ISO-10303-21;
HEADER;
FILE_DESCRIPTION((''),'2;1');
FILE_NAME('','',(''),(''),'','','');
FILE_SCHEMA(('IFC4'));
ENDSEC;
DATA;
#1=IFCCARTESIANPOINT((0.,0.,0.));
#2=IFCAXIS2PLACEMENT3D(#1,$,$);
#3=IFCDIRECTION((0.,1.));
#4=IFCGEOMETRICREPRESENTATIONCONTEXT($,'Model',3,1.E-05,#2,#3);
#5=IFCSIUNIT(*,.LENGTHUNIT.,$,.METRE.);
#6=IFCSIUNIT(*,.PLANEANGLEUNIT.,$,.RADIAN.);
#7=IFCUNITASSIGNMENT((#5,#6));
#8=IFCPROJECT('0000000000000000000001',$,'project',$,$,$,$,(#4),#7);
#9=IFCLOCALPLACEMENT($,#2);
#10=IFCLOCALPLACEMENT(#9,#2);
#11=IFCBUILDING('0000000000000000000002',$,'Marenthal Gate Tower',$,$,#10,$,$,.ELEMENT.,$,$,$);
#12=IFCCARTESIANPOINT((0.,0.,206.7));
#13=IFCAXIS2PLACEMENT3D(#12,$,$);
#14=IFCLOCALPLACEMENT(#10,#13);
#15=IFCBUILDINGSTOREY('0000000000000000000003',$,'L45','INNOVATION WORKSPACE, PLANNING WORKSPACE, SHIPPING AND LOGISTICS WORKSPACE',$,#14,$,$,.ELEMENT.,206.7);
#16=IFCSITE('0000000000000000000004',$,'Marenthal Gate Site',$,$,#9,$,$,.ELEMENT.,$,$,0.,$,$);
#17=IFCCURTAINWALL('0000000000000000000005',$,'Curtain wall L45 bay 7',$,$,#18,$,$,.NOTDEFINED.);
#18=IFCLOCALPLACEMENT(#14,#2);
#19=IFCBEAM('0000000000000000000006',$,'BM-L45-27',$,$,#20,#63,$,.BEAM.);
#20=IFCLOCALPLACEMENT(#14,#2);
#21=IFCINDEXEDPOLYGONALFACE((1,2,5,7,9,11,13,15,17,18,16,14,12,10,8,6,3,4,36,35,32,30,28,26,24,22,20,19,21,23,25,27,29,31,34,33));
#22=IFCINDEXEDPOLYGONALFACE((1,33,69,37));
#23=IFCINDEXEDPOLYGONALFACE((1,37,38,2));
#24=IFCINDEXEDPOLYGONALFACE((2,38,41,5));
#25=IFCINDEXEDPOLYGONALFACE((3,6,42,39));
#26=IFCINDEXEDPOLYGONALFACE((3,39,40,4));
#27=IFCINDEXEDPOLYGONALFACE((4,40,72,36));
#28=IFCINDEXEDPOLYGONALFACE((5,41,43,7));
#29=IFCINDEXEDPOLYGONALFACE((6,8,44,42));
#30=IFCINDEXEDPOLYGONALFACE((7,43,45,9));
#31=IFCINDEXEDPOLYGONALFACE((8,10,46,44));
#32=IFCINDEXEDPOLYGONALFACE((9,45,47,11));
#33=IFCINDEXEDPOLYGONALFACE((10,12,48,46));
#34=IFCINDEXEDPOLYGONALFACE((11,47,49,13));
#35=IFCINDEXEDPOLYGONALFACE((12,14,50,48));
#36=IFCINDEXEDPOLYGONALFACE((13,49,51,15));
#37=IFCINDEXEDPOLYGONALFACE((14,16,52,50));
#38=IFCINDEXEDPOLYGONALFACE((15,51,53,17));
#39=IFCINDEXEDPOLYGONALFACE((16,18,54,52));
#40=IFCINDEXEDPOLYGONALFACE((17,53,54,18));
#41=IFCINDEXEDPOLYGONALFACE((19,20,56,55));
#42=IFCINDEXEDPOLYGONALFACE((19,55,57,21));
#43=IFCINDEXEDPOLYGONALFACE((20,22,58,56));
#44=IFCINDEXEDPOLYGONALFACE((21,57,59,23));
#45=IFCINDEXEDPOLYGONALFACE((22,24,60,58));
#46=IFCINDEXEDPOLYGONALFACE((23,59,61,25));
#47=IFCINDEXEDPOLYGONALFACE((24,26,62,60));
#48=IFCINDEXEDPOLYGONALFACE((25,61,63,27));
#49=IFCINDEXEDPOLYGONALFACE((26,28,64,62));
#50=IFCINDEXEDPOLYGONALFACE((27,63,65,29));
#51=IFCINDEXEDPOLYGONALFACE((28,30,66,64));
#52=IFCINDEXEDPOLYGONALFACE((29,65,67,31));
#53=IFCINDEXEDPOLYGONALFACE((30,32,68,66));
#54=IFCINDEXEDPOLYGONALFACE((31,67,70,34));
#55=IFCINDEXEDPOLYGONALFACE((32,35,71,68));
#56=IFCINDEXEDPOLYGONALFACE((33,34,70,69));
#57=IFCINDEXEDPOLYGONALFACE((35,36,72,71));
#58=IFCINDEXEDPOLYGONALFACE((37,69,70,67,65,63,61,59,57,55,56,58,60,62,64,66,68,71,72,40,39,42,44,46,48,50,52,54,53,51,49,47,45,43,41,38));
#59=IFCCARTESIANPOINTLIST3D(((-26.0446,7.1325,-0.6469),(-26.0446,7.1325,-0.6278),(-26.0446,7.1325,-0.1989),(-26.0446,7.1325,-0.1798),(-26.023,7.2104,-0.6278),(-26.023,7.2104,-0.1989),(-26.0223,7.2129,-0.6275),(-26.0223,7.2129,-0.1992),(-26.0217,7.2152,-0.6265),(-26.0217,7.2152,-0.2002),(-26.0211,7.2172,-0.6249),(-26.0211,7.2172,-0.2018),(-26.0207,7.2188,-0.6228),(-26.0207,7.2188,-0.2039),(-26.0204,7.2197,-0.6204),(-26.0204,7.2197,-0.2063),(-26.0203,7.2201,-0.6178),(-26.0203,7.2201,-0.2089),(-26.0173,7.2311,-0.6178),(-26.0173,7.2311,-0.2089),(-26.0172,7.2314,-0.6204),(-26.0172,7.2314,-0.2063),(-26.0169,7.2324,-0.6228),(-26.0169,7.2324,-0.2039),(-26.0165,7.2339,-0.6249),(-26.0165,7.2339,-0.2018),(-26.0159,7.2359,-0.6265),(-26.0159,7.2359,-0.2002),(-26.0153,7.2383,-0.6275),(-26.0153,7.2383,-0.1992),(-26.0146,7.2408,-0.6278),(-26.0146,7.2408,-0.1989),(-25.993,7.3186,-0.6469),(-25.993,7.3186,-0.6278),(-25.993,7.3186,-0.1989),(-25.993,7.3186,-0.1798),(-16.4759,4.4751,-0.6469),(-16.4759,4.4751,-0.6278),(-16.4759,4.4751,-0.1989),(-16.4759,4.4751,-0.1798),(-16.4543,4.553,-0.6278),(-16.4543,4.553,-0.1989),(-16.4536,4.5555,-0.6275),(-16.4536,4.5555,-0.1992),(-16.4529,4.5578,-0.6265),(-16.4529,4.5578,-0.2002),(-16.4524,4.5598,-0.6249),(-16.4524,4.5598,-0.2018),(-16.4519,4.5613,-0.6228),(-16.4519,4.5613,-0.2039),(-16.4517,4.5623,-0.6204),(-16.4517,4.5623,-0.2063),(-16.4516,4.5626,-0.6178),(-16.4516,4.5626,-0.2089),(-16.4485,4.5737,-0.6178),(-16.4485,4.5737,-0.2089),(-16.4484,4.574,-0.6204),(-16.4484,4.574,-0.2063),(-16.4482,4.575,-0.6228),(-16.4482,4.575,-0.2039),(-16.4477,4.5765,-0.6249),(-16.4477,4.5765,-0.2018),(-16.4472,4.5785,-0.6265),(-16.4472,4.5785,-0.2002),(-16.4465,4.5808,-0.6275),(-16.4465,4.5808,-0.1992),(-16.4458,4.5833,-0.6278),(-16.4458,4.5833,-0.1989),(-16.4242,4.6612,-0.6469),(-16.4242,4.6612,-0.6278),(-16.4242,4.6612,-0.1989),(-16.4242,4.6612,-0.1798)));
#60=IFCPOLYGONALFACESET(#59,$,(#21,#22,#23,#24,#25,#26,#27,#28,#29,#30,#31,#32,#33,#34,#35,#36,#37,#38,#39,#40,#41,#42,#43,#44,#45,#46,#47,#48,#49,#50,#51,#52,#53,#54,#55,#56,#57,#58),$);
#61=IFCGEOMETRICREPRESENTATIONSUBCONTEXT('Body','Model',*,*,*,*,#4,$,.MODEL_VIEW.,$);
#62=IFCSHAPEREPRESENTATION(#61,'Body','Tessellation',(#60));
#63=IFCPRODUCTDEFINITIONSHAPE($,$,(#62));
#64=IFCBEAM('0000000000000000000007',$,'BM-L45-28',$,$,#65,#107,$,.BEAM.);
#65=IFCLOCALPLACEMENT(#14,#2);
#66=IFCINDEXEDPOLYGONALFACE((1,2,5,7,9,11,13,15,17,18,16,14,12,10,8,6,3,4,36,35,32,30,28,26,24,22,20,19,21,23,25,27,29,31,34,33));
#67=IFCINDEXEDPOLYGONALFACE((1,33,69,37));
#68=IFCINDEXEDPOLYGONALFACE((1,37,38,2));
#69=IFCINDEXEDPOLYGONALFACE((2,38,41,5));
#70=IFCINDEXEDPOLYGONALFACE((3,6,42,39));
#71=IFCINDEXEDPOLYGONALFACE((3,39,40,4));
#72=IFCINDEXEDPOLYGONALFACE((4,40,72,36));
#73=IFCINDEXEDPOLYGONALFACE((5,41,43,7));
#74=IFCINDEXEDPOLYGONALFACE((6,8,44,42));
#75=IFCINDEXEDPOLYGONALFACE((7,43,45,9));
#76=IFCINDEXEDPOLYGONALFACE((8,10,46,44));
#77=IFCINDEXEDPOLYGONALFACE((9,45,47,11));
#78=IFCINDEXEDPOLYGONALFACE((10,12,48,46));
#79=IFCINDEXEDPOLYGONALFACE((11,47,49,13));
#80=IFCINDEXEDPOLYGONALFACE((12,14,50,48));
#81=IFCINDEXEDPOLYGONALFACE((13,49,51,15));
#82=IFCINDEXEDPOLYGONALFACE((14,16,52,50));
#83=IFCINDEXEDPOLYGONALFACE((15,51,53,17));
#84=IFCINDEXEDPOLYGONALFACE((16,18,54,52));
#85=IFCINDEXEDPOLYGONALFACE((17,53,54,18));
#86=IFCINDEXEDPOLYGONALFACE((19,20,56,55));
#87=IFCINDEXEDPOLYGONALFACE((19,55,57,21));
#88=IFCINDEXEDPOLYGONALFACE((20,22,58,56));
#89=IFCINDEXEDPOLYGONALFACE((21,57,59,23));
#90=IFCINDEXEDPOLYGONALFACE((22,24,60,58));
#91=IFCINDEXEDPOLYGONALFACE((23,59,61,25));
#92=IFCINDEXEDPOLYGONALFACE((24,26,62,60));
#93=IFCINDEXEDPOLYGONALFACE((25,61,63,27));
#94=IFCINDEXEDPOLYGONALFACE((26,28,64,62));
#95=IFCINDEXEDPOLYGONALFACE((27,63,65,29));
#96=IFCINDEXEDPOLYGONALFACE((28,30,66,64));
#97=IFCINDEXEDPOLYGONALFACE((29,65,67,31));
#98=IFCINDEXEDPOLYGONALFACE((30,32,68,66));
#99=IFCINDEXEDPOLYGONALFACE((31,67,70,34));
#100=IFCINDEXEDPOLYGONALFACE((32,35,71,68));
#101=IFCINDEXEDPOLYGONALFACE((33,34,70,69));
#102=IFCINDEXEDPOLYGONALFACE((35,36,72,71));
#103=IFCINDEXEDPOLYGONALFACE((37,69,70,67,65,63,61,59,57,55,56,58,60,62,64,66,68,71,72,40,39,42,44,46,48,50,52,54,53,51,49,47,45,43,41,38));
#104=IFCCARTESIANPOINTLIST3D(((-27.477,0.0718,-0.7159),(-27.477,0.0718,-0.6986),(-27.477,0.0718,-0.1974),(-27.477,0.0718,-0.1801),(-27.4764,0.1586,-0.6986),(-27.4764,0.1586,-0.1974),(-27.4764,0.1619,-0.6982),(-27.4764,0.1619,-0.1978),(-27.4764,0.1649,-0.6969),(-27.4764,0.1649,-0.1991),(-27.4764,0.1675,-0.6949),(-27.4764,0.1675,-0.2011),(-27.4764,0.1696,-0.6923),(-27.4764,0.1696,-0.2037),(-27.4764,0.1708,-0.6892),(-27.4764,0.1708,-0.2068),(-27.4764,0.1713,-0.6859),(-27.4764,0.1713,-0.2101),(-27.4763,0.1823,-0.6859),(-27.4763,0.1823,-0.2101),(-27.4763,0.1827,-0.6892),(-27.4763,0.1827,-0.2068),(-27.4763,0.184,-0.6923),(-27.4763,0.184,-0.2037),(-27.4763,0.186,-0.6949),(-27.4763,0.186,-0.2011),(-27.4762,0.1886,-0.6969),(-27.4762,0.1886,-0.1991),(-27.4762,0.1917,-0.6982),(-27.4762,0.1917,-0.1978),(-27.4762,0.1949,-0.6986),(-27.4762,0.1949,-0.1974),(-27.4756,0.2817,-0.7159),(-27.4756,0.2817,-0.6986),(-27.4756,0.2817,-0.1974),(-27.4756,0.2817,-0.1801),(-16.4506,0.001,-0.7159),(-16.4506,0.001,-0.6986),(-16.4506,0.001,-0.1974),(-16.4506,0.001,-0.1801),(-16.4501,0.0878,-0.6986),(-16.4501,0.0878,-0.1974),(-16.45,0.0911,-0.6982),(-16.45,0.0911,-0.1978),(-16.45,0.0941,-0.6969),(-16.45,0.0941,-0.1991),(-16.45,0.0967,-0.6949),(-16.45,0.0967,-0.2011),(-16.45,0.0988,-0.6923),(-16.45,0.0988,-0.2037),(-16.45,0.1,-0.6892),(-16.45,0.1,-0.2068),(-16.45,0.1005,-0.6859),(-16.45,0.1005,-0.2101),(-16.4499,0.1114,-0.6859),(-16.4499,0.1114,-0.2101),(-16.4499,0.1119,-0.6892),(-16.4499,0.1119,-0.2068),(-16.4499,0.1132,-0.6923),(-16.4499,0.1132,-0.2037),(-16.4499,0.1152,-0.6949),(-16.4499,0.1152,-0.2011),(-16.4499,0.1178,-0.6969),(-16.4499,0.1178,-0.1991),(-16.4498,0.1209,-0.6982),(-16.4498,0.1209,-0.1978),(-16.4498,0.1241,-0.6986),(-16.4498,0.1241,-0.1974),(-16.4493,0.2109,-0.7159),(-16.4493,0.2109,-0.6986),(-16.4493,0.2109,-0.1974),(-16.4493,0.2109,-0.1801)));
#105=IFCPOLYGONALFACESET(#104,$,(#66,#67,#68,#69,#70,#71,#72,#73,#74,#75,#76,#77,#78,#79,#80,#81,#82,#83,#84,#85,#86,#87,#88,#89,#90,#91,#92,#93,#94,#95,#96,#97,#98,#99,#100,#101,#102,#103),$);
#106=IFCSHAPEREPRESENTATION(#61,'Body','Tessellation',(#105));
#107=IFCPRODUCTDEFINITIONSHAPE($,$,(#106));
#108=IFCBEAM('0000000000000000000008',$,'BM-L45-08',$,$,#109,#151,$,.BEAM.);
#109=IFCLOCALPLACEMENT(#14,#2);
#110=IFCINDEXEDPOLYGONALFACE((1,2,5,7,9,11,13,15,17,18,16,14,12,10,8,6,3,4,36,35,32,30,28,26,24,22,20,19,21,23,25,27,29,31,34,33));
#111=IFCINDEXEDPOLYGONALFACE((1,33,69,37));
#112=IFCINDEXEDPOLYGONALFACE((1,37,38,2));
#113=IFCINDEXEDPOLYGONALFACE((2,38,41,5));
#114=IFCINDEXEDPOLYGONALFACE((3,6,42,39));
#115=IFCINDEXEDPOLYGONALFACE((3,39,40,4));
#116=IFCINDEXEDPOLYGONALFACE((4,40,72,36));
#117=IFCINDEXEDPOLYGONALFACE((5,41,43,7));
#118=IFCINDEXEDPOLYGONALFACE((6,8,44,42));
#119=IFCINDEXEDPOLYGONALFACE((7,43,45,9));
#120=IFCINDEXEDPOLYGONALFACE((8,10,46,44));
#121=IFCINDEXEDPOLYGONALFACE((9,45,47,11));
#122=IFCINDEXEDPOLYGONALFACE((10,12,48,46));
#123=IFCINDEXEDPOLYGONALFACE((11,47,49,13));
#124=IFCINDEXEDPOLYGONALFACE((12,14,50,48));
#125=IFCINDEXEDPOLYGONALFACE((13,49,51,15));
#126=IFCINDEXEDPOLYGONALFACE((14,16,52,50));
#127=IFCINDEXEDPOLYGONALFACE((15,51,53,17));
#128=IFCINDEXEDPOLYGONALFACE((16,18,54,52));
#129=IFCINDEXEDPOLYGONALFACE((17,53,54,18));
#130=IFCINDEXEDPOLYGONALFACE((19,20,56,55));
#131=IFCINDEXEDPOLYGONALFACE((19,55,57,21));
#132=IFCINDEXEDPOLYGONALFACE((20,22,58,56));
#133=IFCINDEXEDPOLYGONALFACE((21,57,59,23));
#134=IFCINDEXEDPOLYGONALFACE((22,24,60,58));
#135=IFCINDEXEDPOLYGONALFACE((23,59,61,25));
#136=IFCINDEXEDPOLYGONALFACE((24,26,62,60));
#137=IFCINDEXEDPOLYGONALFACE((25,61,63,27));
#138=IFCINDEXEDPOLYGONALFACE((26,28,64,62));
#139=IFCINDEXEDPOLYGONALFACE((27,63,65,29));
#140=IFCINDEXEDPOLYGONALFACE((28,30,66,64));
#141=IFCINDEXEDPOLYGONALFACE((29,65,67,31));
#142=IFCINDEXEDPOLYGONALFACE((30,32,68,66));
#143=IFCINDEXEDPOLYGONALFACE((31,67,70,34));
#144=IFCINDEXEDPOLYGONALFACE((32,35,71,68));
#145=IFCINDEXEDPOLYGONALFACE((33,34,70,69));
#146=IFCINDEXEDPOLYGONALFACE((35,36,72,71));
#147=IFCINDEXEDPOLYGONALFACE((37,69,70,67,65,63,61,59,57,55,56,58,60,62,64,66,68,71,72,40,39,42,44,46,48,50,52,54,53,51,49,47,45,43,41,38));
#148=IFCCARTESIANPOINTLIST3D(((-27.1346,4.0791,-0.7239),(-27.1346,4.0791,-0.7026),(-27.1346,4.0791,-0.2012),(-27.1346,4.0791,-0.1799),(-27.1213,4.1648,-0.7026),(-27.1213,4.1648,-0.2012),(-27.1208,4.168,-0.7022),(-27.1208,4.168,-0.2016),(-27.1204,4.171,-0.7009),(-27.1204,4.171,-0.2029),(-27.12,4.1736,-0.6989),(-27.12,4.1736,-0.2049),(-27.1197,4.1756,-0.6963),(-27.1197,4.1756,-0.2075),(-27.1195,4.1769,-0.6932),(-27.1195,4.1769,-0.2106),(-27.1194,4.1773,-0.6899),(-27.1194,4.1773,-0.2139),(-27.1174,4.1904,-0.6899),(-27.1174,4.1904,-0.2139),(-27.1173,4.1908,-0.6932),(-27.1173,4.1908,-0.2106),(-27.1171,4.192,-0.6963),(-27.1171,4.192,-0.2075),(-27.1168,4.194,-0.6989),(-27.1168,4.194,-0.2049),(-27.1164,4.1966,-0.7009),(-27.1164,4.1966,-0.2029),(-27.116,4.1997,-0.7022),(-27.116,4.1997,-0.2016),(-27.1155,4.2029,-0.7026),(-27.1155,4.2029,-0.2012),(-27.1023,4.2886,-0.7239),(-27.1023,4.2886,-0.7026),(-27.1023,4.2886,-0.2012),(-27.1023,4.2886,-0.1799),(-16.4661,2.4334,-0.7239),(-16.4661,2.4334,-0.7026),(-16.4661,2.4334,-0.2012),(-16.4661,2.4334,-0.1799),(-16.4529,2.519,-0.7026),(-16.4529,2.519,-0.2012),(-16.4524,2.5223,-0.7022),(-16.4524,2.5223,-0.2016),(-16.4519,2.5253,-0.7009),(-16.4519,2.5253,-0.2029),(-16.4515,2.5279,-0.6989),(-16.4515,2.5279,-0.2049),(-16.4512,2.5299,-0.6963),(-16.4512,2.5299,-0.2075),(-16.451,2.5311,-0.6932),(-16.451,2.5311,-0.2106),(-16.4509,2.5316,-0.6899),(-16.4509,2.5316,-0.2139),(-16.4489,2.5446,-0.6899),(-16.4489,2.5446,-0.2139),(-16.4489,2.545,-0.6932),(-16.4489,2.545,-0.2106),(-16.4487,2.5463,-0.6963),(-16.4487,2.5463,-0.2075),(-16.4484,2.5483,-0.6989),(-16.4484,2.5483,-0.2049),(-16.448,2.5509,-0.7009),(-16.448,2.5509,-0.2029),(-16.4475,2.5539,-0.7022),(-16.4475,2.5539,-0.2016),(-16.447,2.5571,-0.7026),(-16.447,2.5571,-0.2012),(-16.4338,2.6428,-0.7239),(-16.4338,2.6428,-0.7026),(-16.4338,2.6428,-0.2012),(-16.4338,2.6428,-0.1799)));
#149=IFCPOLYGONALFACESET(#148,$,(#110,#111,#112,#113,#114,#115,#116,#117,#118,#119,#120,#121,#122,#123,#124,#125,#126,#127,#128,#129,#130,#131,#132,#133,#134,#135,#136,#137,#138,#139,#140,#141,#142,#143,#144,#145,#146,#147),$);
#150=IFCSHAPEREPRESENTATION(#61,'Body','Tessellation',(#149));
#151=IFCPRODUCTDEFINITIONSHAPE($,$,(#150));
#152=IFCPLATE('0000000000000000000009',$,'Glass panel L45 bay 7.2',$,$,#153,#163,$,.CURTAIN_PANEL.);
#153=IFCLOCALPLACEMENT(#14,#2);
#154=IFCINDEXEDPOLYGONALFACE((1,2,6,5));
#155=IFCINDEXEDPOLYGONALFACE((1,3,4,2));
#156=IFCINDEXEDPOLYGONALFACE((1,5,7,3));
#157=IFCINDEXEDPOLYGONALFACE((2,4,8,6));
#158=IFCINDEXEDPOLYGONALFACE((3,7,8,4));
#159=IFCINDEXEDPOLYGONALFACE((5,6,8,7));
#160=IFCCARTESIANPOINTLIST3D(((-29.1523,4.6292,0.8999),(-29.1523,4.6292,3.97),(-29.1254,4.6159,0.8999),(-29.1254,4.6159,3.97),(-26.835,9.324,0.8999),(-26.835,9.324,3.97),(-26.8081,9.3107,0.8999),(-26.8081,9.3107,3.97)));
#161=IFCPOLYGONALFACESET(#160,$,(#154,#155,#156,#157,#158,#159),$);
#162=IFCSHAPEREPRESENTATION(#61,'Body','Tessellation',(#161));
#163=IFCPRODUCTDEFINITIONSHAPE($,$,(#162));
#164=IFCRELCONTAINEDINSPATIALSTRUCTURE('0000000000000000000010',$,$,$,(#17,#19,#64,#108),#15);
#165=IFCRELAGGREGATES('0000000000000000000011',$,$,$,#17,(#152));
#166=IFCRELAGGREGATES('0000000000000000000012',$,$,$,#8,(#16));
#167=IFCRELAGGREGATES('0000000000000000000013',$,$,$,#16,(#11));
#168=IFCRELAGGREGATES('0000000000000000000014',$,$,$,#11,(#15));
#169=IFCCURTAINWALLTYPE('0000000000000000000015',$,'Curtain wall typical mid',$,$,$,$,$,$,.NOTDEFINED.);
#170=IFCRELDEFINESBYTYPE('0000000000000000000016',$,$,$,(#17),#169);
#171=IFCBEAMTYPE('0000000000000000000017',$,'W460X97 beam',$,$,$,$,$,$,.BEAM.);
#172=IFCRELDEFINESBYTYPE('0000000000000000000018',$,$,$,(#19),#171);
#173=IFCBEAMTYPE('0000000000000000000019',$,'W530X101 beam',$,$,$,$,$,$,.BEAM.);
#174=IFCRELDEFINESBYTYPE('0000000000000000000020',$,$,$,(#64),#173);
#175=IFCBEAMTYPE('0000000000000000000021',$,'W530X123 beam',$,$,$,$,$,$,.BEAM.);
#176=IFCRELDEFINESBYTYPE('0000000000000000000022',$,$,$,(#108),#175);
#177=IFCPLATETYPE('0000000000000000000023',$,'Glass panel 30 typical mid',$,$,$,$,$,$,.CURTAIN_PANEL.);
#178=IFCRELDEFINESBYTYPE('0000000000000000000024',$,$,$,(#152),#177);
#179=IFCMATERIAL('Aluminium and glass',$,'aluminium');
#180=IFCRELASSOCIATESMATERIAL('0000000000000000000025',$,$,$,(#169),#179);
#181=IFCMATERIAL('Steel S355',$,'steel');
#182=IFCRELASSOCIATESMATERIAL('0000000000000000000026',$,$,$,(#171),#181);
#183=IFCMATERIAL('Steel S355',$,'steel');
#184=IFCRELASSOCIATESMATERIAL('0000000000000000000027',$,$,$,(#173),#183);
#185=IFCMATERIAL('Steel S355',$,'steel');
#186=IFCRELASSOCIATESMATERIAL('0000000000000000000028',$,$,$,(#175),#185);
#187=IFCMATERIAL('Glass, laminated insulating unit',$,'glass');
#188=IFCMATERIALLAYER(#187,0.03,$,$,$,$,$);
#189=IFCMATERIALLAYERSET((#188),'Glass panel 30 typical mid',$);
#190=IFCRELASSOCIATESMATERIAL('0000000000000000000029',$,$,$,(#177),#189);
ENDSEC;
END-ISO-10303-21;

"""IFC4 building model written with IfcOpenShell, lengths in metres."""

from ifc_helpers import new_model, si_unit, direction, frame, origin, origin_2d, place, context, subcontext, project, spatial, rectangle, i_section, extrude, material, layer, layer_set, material_profile, profile_set, type_object, element, aggregate, save


model = new_model("IFC4")

# Units and contexts
model_context = context("Model", 3, precision=1e-05, world=origin(), true_north=direction((0.0, 1.0)))
body_context = subcontext(model_context, "Body", "Model", "MODEL_VIEW")
ifc_project = project(units=[si_unit("LENGTHUNIT", "METRE"), si_unit("PLANEANGLEUNIT", "RADIAN")], contexts=[model_context])

# Site, building, storey
site_placement = place(None, origin())
site = spatial("IfcSite", under=ifc_project, at=site_placement, Name="Marenthal Gate Site", CompositionType="ELEMENT", RefElevation=0.0)
building_placement = place(site_placement, origin())
building = spatial("IfcBuilding", under=site, at=building_placement, Name="Marenthal Gate Tower", CompositionType="ELEMENT")
storey_placement = place(building_placement, frame((0.0, 0.0, 206.7)))
storey = spatial("IfcBuildingStorey", under=building, at=storey_placement, Name="L45", Description="INNOVATION WORKSPACE, PLANNING WORKSPACE, SHIPPING AND LOGISTICS WORKSPACE", CompositionType="ELEMENT", Elevation=206.7)

# Curtain wall
ifc_material_1 = material(Name="Aluminium and glass", Category="aluminium")
curtain_wall_type = type_object("IfcCurtainWallType", Name="Curtain wall typical mid", PredefinedType="NOTDEFINED", material=ifc_material_1)
curtain_wall_placement = place(storey_placement, origin())
curtain_wall = element("IfcCurtainWall", 1, at=curtain_wall_placement, inside=storey, type_object=curtain_wall_type, Name="Curtain wall L45 bay 7", PredefinedType="NOTDEFINED")

# Beams
ifc_material_2 = material(Name="Steel S355", Category="steel")
ifc_material_profile_1 = material_profile(ifc_material_2, i_section(OverallWidth=0.1931, OverallDepth=0.467, WebThickness=0.0115, FlangeThickness=0.019, FilletRadius=0.01, at=origin_2d()), Name="W460X97")
ifc_profile_set_1 = profile_set([ifc_material_profile_1], Name="Steel S355")
beam_type_1 = type_object("IfcBeamType", Name="W460X97 beam", PredefinedType="BEAM", material=ifc_profile_set_1)
beam_1_placement = place(storey_placement, frame((-26.0188, 7.2256, -0.4133), z_axis=(0.963532, -0.267593, 0.0), x_axis=(0.267593, 0.963532, 0.0)))
element("IfcBeam", 2, at=beam_1_placement, inside=storey, type_object=beam_type_1, Name="BM-L45-27", PredefinedType="BEAM", context=body_context, shape_type="SweptSolid", body=[
    extrude(i_section(OverallWidth=0.1931, OverallDepth=0.467, WebThickness=0.0115, FlangeThickness=0.019, FilletRadius=0.01, at=origin_2d()), origin(), (0.0, 0.0, 1.0), 9.9309),
])
ifc_material_3 = material(Name="Steel S355", Category="steel")
ifc_material_profile_2 = material_profile(ifc_material_3, i_section(OverallWidth=0.21, OverallDepth=0.5359, WebThickness=0.011, FlangeThickness=0.0173, FilletRadius=0.0127, at=origin_2d()), Name="W530X101")
ifc_profile_set_2 = profile_set([ifc_material_profile_2], Name="Steel S355")
beam_type_2 = type_object("IfcBeamType", Name="W530X101 beam", PredefinedType="BEAM", material=ifc_profile_set_2)
beam_2_placement = place(storey_placement, frame((-27.4763, 0.1768, -0.448), z_axis=(0.999979, -0.006421, 0.0), x_axis=(0.006421, 0.999979, 0.0)))
element("IfcBeam", 3, at=beam_2_placement, inside=storey, type_object=beam_type_2, Name="BM-L45-28", PredefinedType="BEAM", context=body_context, shape_type="SweptSolid", body=[
    extrude(i_section(OverallWidth=0.21, OverallDepth=0.5359, WebThickness=0.011, FlangeThickness=0.0173, FilletRadius=0.0127, at=origin_2d()), origin(), (0.0, 0.0, 1.0), 11.0266),
])
ifc_material_4 = material(Name="Steel S355", Category="steel")
ifc_material_profile_3 = material_profile(ifc_material_4, i_section(OverallWidth=0.2119, OverallDepth=0.5439, WebThickness=0.0132, FlangeThickness=0.0212, FilletRadius=0.0127, at=origin_2d()), Name="W530X123")
ifc_profile_set_3 = profile_set([ifc_material_profile_3], Name="Steel S355")
beam_type_3 = type_object("IfcBeamType", Name="W530X123 beam", PredefinedType="BEAM", material=ifc_profile_set_3)
beam_3_placement = place(storey_placement, frame((-27.1184, 4.1838, -0.4519), z_axis=(0.98831, -0.15246, 0.0), x_axis=(0.15246, 0.98831, 0.0)))
element("IfcBeam", 4, at=beam_3_placement, inside=storey, type_object=beam_type_3, Name="BM-L45-08", PredefinedType="BEAM", context=body_context, shape_type="SweptSolid", body=[
    extrude(i_section(OverallWidth=0.2119, OverallDepth=0.5439, WebThickness=0.0132, FlangeThickness=0.0212, FilletRadius=0.0127, at=origin_2d()), origin(), (0.0, 0.0, 1.0), 10.7947),
])

# Plate
ifc_material_5 = material(Name="Glass, laminated insulating unit", Category="glass")
ifc_layer_1 = layer(ifc_material_5, 0.03)
ifc_layer_set_1 = layer_set([ifc_layer_1], Name="Glass panel 30 typical mid")
plate_type = type_object("IfcPlateType", Name="Glass panel 30 typical mid", PredefinedType="CURTAIN_PANEL", material=ifc_layer_set_1)
plate_placement = place(storey_placement, frame((-27.9802, 6.97, 0.8999), z_axis=(0.0, 0.0, 1.0), x_axis=(-0.442607, -0.896716, 0.0)))
plate = element("IfcPlate", 5, at=plate_placement, type_object=plate_type, Name="Glass panel L45 bay 7.2", PredefinedType="CURTAIN_PANEL", context=body_context, shape_type="SweptSolid", body=[
    extrude(rectangle(XDim=5.2356, YDim=0.03, at=origin_2d()), origin(), (0.0, 0.0, 1.0), 3.0701),
])
aggregate(curtain_wall, [plate])

save(model, "model.ifc")
